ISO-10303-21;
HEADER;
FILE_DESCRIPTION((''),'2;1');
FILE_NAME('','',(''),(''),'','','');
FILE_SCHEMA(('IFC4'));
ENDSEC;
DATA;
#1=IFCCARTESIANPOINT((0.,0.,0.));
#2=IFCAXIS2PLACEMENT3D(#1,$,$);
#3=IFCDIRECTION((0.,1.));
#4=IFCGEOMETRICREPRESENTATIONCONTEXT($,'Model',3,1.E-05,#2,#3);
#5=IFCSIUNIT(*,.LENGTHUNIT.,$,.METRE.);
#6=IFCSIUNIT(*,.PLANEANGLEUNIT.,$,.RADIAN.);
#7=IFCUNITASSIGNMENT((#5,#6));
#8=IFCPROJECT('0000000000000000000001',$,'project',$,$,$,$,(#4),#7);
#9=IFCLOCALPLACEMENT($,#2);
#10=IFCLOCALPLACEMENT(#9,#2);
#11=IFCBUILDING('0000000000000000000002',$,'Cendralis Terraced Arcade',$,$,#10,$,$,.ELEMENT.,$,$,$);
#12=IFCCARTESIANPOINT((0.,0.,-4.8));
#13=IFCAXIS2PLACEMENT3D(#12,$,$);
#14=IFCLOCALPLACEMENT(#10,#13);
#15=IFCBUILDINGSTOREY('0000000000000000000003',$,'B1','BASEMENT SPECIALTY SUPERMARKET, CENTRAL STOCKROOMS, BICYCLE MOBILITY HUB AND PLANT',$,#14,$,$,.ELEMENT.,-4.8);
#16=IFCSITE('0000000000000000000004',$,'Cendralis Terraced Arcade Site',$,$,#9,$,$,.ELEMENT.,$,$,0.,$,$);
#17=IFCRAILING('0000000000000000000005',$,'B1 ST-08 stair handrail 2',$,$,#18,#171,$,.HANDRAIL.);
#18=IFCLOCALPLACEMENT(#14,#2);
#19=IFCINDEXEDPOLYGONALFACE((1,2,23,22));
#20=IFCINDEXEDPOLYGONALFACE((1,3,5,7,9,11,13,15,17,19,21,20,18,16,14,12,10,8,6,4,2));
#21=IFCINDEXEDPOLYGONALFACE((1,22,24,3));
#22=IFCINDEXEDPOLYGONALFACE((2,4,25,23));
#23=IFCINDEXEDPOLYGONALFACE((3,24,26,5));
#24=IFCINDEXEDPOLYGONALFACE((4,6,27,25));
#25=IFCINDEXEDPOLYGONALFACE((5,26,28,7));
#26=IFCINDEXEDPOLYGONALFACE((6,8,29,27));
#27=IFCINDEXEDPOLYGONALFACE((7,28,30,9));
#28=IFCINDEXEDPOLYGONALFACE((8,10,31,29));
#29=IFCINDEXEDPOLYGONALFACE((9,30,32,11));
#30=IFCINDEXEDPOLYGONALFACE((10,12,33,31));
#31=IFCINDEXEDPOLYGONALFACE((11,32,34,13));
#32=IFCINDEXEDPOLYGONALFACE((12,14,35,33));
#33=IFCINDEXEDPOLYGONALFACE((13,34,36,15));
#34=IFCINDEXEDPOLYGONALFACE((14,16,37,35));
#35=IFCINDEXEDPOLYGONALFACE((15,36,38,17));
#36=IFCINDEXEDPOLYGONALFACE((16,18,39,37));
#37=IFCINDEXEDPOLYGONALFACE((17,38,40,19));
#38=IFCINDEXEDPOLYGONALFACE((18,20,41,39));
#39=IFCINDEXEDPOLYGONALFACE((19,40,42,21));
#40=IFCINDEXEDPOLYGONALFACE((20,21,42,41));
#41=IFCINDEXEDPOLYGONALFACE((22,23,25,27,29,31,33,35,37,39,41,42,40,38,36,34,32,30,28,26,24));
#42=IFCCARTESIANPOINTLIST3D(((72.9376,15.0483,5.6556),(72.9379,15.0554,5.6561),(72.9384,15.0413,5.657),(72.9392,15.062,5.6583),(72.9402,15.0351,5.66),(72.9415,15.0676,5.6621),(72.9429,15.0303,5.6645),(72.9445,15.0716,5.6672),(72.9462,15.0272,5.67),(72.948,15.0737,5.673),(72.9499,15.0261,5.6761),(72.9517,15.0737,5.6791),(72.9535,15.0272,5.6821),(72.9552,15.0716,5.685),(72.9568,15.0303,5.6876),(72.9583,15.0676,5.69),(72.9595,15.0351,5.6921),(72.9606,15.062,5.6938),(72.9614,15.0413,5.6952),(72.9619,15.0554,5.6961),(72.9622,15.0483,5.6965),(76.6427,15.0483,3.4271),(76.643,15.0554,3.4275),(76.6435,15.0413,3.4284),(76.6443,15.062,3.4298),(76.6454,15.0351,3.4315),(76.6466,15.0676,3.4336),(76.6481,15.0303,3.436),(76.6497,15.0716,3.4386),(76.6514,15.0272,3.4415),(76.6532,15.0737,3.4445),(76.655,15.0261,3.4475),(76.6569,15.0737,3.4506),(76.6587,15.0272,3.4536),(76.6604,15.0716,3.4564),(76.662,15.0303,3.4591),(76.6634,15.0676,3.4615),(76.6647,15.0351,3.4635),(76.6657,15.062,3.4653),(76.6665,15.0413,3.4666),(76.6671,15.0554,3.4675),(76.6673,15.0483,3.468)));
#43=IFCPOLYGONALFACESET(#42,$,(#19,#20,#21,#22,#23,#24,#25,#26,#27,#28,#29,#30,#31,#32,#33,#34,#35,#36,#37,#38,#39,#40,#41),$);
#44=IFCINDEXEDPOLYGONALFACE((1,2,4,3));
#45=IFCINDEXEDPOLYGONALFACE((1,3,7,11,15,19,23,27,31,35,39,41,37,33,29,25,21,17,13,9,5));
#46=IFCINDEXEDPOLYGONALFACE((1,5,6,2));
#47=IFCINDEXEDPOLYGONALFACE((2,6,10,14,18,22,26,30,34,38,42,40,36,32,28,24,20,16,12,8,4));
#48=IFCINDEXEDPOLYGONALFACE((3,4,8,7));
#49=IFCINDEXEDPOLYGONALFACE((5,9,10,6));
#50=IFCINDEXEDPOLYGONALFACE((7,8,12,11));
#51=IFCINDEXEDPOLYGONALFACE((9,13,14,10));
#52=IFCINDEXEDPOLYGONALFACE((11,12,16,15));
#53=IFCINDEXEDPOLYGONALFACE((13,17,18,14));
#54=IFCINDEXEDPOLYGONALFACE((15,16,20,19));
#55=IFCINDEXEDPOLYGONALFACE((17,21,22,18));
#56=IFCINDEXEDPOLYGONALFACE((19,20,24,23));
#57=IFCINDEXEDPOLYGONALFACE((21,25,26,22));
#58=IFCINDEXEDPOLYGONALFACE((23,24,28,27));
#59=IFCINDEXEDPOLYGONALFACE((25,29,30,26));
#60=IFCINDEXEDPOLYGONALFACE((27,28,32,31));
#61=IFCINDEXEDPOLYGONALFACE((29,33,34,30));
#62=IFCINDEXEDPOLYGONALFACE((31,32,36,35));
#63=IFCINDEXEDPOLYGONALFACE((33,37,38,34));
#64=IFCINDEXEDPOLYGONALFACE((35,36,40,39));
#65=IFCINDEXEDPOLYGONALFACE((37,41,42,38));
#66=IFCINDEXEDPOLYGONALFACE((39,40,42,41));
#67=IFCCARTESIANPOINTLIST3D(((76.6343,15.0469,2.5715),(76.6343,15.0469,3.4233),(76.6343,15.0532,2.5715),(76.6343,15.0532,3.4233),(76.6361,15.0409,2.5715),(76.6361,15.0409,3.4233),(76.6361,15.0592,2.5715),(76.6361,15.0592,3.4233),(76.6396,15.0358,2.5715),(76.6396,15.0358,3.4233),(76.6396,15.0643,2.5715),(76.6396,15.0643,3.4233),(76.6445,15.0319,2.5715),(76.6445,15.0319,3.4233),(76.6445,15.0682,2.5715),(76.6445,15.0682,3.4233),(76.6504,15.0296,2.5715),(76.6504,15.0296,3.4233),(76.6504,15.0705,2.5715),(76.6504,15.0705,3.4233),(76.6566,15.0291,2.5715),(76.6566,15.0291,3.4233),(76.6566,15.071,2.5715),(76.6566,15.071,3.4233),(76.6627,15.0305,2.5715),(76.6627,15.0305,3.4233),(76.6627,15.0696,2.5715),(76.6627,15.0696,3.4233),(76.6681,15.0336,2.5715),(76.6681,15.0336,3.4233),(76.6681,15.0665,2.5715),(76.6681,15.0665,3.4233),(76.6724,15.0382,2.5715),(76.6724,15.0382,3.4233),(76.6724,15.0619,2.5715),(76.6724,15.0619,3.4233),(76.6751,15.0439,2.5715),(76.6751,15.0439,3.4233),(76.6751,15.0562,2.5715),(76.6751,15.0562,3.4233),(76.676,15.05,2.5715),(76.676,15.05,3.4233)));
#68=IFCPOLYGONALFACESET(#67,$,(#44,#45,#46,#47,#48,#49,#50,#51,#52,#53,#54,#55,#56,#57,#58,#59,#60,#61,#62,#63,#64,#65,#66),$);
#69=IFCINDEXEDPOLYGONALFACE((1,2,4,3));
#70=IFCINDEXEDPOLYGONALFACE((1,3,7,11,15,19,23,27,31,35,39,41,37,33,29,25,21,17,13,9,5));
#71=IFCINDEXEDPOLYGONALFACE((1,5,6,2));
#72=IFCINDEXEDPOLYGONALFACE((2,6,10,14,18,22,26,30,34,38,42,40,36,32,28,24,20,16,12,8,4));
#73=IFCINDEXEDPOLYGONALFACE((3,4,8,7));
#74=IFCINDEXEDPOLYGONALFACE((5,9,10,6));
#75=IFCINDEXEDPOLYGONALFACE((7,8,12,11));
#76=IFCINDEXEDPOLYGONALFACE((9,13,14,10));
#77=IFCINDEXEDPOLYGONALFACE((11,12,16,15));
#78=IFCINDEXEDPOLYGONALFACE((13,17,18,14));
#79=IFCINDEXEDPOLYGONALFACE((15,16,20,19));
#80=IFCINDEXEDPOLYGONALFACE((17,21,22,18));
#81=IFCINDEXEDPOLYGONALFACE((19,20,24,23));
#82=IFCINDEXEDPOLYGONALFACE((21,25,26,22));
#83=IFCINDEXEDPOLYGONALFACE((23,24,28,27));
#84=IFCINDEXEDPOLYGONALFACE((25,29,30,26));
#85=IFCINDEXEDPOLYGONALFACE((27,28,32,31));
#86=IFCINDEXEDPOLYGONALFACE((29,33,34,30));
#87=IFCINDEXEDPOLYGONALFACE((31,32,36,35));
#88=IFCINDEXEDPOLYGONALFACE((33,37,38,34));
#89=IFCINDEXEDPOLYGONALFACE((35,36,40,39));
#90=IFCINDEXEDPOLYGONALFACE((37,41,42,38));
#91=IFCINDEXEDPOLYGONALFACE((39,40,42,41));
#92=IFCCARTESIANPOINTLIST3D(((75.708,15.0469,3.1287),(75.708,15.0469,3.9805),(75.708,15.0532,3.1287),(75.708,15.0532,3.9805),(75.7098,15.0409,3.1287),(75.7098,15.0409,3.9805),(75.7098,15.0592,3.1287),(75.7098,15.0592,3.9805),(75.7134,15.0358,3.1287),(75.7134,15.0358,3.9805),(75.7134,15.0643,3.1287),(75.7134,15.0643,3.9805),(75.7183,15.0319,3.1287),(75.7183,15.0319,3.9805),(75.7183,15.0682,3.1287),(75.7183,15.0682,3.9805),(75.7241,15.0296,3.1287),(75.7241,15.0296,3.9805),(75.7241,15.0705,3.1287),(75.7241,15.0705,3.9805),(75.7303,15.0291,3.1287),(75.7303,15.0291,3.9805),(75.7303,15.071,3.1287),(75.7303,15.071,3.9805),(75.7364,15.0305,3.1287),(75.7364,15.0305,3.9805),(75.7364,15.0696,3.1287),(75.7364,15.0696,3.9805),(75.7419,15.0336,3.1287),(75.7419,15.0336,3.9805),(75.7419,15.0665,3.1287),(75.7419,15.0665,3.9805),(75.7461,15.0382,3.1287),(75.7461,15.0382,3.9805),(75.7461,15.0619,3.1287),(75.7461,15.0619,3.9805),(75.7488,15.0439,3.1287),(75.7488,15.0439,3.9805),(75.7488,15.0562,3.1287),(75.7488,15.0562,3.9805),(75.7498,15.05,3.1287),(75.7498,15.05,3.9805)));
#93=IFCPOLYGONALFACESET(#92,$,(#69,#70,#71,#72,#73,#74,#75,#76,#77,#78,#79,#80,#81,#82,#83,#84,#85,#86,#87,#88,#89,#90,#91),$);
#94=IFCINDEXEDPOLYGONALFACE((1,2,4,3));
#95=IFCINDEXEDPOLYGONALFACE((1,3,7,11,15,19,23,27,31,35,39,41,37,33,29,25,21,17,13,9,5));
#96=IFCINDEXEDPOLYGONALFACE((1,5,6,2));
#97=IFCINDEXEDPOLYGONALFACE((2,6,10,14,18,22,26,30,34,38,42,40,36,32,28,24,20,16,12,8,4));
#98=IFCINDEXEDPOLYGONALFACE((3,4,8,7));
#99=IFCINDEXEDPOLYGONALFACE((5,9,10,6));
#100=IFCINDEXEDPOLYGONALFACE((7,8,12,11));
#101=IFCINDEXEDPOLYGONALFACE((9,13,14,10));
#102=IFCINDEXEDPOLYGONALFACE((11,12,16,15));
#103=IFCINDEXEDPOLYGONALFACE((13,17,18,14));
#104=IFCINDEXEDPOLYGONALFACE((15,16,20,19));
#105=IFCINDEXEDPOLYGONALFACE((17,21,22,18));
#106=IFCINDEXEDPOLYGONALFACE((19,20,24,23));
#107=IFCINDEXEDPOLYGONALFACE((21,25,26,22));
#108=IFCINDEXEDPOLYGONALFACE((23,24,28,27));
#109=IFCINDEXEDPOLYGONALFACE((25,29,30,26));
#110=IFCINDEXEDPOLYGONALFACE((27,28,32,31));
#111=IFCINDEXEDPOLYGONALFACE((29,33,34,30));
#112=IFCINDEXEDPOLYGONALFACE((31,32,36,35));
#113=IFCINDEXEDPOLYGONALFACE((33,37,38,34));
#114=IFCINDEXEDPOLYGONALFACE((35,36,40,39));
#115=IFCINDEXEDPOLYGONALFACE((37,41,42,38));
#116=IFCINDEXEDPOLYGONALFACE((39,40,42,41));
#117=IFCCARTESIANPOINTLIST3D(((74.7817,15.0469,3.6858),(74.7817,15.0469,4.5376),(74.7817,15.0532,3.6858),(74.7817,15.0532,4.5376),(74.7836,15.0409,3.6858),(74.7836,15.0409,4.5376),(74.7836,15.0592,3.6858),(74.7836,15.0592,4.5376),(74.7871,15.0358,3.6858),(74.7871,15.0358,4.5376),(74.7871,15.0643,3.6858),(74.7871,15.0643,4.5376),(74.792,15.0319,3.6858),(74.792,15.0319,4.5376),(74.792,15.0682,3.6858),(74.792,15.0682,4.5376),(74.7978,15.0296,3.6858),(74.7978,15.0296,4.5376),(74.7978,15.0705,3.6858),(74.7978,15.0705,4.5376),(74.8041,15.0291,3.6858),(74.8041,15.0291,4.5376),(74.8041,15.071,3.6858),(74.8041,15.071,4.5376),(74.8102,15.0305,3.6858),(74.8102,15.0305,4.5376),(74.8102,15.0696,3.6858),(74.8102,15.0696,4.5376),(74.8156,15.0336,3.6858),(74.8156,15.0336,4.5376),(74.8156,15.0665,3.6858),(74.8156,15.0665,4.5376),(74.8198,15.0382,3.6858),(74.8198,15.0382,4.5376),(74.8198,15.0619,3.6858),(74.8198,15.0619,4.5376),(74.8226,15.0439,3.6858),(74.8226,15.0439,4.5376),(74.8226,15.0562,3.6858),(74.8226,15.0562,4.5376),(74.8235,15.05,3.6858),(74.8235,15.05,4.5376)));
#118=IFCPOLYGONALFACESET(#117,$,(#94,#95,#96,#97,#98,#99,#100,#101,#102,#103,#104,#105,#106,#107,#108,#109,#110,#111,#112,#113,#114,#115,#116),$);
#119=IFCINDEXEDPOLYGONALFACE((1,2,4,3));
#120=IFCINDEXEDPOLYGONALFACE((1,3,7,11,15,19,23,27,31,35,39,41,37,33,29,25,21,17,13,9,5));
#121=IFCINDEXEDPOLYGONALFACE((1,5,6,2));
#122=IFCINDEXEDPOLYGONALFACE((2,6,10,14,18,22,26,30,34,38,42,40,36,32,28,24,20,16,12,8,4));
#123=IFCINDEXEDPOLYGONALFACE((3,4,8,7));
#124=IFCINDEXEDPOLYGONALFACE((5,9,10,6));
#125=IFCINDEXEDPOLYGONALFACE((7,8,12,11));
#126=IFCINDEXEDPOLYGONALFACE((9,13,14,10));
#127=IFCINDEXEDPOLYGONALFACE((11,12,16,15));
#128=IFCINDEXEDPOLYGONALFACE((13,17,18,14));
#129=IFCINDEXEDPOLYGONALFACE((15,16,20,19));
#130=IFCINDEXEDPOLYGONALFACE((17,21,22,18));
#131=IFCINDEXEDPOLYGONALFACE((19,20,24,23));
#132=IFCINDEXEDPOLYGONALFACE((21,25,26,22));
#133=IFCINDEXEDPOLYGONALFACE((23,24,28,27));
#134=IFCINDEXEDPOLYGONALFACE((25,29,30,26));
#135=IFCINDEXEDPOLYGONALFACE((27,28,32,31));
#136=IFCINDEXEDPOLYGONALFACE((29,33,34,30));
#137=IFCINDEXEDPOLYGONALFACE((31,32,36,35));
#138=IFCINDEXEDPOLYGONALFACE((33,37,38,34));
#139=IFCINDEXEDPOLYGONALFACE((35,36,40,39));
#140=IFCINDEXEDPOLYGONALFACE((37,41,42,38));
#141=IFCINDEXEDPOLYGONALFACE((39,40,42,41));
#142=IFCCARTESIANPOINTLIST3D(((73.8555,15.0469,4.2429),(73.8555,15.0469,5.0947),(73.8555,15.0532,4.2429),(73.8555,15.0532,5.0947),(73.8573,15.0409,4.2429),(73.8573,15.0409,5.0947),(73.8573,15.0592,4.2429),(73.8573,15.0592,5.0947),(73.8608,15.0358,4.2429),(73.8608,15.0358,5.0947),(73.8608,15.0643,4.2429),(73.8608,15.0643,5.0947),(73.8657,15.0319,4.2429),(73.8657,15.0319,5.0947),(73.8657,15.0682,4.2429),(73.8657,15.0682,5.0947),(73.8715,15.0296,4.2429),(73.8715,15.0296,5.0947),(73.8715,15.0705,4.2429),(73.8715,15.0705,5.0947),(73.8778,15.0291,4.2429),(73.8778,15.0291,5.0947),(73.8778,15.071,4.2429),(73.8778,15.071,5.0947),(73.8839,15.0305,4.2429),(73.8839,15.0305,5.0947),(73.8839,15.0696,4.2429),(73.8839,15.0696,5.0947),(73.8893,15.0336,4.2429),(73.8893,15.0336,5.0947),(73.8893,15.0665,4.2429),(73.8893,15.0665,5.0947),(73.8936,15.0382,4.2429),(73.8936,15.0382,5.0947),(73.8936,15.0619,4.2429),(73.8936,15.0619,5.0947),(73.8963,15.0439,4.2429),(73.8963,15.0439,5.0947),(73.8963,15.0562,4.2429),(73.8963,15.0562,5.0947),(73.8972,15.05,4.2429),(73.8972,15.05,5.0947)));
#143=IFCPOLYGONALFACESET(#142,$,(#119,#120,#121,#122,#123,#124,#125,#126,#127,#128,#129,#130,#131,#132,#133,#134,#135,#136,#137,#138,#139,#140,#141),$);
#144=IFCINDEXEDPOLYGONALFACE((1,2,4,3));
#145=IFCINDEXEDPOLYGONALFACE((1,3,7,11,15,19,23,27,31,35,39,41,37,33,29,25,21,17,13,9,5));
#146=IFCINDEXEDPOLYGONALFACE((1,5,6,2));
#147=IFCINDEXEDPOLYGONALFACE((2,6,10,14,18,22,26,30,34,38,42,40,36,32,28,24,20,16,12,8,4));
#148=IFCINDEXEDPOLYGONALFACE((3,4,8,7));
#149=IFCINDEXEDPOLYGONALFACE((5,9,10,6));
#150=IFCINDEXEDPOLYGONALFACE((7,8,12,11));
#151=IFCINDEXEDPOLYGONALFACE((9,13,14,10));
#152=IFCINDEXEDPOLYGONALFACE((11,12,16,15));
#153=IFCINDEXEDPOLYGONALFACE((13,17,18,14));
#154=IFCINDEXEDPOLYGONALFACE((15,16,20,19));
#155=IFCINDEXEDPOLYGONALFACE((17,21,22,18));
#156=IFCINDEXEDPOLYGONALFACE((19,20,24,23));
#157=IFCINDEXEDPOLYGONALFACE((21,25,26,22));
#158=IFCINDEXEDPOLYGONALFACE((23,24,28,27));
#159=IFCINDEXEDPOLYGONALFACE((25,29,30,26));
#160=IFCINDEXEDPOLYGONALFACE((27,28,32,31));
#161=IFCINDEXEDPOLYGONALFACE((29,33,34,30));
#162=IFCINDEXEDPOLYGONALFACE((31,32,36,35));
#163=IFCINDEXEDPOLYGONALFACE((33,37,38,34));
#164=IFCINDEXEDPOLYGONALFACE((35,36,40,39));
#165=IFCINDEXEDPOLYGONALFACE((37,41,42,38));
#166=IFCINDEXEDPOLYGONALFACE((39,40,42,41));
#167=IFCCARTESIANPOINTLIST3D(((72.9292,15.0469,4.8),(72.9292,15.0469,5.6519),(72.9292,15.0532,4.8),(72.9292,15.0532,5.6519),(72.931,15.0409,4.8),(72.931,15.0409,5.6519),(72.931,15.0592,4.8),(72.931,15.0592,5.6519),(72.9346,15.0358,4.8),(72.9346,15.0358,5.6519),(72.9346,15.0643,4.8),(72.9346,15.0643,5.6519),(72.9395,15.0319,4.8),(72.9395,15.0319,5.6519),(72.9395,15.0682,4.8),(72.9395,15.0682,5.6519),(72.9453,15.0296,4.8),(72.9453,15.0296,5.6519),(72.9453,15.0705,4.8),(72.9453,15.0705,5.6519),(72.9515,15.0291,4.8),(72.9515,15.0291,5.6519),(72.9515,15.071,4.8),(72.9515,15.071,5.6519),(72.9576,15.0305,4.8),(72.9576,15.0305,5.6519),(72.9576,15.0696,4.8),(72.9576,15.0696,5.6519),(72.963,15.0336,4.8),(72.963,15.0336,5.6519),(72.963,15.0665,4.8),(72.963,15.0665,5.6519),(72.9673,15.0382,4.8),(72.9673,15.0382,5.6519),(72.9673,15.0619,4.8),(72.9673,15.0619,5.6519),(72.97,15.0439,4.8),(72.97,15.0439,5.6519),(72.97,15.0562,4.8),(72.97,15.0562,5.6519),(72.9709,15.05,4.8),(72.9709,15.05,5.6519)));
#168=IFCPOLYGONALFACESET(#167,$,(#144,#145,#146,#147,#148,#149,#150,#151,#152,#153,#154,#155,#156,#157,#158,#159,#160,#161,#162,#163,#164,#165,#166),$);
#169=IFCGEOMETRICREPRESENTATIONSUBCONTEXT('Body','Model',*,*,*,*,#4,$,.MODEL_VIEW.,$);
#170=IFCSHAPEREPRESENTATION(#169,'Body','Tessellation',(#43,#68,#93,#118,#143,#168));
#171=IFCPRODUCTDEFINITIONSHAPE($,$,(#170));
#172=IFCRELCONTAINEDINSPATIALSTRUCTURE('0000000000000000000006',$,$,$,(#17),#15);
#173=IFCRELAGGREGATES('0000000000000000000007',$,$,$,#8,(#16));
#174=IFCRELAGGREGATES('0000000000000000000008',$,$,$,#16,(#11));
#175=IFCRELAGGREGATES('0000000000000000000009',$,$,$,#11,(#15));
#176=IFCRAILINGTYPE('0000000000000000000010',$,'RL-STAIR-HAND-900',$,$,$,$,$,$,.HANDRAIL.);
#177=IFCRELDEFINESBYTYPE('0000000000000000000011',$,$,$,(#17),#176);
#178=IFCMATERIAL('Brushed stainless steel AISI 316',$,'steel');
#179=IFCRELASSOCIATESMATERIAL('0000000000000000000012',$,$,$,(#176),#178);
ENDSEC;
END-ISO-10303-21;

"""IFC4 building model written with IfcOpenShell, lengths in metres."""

from ifc_helpers import new_model, si_unit, direction, frame, origin, origin_2d, place, context, subcontext, project, spatial, circle, extrude, material, type_object, element, save


model = new_model("IFC4")

# Units and contexts
model_context = context("Model", 3, precision=1e-05, world=origin(), true_north=direction((0.0, 1.0)))
body_context = subcontext(model_context, "Body", "Model", "MODEL_VIEW")
ifc_project = project(units=[si_unit("LENGTHUNIT", "METRE"), si_unit("PLANEANGLEUNIT", "RADIAN")], contexts=[model_context])

# Site, building, storey
site_placement = place(None, origin())
site = spatial("IfcSite", under=ifc_project, at=site_placement, Name="Cendralis Terraced Arcade Site", CompositionType="ELEMENT", RefElevation=0.0)
building_placement = place(site_placement, origin())
building = spatial("IfcBuilding", under=site, at=building_placement, Name="Cendralis Terraced Arcade", CompositionType="ELEMENT")
storey_placement = place(building_placement, frame((0.0, 0.0, -4.8)))
storey = spatial("IfcBuildingStorey", under=building, at=storey_placement, Name="B1", Description="BASEMENT SPECIALTY SUPERMARKET, CENTRAL STOCKROOMS, BICYCLE MOBILITY HUB AND PLANT", CompositionType="ELEMENT", Elevation=-4.8)

# Railing
ifc_material_1 = material(Name="Brushed stainless steel AISI 316", Category="steel")
railing_type = type_object("IfcRailingType", Name="RL-STAIR-HAND-900", PredefinedType="HANDRAIL", material=ifc_material_1)
railing_placement = place(storey_placement, frame((76.655, 15.05, 2.5715)))
element("IfcRailing", 1, at=railing_placement, inside=storey, type_object=railing_type, Name="B1 ST-08 stair handrail 2", PredefinedType="HANDRAIL", context=body_context, shape_type="SweptSolid", body=[
    extrude(circle(Radius=0.0239, at=origin_2d()), frame((0.0, 0.0, 0.876), z_axis=(-0.856934, 0.0, 0.515425), x_axis=(0.0, -1.0, 0.0)), (0.0, 0.0, 1.0), 4.3237),
    extrude(circle(Radius=0.021, at=origin_2d()), origin(), (0.0, 0.0, 1.0), 0.8518),
    extrude(circle(Radius=0.021, at=origin_2d()), frame((-0.9263, 0.0, 0.5571)), (0.0, 0.0, 1.0), 0.8518),
    extrude(circle(Radius=0.021, at=origin_2d()), frame((-1.8525, 0.0, 1.1143)), (0.0, 0.0, 1.0), 0.8518),
    extrude(circle(Radius=0.021, at=origin_2d()), frame((-2.7788, 0.0, 1.6714)), (0.0, 0.0, 1.0), 0.8518),
    extrude(circle(Radius=0.021, at=origin_2d()), frame((-3.7051, 0.0, 2.2285)), (0.0, 0.0, 1.0), 0.8518),
])

save(model, "model.ifc")
